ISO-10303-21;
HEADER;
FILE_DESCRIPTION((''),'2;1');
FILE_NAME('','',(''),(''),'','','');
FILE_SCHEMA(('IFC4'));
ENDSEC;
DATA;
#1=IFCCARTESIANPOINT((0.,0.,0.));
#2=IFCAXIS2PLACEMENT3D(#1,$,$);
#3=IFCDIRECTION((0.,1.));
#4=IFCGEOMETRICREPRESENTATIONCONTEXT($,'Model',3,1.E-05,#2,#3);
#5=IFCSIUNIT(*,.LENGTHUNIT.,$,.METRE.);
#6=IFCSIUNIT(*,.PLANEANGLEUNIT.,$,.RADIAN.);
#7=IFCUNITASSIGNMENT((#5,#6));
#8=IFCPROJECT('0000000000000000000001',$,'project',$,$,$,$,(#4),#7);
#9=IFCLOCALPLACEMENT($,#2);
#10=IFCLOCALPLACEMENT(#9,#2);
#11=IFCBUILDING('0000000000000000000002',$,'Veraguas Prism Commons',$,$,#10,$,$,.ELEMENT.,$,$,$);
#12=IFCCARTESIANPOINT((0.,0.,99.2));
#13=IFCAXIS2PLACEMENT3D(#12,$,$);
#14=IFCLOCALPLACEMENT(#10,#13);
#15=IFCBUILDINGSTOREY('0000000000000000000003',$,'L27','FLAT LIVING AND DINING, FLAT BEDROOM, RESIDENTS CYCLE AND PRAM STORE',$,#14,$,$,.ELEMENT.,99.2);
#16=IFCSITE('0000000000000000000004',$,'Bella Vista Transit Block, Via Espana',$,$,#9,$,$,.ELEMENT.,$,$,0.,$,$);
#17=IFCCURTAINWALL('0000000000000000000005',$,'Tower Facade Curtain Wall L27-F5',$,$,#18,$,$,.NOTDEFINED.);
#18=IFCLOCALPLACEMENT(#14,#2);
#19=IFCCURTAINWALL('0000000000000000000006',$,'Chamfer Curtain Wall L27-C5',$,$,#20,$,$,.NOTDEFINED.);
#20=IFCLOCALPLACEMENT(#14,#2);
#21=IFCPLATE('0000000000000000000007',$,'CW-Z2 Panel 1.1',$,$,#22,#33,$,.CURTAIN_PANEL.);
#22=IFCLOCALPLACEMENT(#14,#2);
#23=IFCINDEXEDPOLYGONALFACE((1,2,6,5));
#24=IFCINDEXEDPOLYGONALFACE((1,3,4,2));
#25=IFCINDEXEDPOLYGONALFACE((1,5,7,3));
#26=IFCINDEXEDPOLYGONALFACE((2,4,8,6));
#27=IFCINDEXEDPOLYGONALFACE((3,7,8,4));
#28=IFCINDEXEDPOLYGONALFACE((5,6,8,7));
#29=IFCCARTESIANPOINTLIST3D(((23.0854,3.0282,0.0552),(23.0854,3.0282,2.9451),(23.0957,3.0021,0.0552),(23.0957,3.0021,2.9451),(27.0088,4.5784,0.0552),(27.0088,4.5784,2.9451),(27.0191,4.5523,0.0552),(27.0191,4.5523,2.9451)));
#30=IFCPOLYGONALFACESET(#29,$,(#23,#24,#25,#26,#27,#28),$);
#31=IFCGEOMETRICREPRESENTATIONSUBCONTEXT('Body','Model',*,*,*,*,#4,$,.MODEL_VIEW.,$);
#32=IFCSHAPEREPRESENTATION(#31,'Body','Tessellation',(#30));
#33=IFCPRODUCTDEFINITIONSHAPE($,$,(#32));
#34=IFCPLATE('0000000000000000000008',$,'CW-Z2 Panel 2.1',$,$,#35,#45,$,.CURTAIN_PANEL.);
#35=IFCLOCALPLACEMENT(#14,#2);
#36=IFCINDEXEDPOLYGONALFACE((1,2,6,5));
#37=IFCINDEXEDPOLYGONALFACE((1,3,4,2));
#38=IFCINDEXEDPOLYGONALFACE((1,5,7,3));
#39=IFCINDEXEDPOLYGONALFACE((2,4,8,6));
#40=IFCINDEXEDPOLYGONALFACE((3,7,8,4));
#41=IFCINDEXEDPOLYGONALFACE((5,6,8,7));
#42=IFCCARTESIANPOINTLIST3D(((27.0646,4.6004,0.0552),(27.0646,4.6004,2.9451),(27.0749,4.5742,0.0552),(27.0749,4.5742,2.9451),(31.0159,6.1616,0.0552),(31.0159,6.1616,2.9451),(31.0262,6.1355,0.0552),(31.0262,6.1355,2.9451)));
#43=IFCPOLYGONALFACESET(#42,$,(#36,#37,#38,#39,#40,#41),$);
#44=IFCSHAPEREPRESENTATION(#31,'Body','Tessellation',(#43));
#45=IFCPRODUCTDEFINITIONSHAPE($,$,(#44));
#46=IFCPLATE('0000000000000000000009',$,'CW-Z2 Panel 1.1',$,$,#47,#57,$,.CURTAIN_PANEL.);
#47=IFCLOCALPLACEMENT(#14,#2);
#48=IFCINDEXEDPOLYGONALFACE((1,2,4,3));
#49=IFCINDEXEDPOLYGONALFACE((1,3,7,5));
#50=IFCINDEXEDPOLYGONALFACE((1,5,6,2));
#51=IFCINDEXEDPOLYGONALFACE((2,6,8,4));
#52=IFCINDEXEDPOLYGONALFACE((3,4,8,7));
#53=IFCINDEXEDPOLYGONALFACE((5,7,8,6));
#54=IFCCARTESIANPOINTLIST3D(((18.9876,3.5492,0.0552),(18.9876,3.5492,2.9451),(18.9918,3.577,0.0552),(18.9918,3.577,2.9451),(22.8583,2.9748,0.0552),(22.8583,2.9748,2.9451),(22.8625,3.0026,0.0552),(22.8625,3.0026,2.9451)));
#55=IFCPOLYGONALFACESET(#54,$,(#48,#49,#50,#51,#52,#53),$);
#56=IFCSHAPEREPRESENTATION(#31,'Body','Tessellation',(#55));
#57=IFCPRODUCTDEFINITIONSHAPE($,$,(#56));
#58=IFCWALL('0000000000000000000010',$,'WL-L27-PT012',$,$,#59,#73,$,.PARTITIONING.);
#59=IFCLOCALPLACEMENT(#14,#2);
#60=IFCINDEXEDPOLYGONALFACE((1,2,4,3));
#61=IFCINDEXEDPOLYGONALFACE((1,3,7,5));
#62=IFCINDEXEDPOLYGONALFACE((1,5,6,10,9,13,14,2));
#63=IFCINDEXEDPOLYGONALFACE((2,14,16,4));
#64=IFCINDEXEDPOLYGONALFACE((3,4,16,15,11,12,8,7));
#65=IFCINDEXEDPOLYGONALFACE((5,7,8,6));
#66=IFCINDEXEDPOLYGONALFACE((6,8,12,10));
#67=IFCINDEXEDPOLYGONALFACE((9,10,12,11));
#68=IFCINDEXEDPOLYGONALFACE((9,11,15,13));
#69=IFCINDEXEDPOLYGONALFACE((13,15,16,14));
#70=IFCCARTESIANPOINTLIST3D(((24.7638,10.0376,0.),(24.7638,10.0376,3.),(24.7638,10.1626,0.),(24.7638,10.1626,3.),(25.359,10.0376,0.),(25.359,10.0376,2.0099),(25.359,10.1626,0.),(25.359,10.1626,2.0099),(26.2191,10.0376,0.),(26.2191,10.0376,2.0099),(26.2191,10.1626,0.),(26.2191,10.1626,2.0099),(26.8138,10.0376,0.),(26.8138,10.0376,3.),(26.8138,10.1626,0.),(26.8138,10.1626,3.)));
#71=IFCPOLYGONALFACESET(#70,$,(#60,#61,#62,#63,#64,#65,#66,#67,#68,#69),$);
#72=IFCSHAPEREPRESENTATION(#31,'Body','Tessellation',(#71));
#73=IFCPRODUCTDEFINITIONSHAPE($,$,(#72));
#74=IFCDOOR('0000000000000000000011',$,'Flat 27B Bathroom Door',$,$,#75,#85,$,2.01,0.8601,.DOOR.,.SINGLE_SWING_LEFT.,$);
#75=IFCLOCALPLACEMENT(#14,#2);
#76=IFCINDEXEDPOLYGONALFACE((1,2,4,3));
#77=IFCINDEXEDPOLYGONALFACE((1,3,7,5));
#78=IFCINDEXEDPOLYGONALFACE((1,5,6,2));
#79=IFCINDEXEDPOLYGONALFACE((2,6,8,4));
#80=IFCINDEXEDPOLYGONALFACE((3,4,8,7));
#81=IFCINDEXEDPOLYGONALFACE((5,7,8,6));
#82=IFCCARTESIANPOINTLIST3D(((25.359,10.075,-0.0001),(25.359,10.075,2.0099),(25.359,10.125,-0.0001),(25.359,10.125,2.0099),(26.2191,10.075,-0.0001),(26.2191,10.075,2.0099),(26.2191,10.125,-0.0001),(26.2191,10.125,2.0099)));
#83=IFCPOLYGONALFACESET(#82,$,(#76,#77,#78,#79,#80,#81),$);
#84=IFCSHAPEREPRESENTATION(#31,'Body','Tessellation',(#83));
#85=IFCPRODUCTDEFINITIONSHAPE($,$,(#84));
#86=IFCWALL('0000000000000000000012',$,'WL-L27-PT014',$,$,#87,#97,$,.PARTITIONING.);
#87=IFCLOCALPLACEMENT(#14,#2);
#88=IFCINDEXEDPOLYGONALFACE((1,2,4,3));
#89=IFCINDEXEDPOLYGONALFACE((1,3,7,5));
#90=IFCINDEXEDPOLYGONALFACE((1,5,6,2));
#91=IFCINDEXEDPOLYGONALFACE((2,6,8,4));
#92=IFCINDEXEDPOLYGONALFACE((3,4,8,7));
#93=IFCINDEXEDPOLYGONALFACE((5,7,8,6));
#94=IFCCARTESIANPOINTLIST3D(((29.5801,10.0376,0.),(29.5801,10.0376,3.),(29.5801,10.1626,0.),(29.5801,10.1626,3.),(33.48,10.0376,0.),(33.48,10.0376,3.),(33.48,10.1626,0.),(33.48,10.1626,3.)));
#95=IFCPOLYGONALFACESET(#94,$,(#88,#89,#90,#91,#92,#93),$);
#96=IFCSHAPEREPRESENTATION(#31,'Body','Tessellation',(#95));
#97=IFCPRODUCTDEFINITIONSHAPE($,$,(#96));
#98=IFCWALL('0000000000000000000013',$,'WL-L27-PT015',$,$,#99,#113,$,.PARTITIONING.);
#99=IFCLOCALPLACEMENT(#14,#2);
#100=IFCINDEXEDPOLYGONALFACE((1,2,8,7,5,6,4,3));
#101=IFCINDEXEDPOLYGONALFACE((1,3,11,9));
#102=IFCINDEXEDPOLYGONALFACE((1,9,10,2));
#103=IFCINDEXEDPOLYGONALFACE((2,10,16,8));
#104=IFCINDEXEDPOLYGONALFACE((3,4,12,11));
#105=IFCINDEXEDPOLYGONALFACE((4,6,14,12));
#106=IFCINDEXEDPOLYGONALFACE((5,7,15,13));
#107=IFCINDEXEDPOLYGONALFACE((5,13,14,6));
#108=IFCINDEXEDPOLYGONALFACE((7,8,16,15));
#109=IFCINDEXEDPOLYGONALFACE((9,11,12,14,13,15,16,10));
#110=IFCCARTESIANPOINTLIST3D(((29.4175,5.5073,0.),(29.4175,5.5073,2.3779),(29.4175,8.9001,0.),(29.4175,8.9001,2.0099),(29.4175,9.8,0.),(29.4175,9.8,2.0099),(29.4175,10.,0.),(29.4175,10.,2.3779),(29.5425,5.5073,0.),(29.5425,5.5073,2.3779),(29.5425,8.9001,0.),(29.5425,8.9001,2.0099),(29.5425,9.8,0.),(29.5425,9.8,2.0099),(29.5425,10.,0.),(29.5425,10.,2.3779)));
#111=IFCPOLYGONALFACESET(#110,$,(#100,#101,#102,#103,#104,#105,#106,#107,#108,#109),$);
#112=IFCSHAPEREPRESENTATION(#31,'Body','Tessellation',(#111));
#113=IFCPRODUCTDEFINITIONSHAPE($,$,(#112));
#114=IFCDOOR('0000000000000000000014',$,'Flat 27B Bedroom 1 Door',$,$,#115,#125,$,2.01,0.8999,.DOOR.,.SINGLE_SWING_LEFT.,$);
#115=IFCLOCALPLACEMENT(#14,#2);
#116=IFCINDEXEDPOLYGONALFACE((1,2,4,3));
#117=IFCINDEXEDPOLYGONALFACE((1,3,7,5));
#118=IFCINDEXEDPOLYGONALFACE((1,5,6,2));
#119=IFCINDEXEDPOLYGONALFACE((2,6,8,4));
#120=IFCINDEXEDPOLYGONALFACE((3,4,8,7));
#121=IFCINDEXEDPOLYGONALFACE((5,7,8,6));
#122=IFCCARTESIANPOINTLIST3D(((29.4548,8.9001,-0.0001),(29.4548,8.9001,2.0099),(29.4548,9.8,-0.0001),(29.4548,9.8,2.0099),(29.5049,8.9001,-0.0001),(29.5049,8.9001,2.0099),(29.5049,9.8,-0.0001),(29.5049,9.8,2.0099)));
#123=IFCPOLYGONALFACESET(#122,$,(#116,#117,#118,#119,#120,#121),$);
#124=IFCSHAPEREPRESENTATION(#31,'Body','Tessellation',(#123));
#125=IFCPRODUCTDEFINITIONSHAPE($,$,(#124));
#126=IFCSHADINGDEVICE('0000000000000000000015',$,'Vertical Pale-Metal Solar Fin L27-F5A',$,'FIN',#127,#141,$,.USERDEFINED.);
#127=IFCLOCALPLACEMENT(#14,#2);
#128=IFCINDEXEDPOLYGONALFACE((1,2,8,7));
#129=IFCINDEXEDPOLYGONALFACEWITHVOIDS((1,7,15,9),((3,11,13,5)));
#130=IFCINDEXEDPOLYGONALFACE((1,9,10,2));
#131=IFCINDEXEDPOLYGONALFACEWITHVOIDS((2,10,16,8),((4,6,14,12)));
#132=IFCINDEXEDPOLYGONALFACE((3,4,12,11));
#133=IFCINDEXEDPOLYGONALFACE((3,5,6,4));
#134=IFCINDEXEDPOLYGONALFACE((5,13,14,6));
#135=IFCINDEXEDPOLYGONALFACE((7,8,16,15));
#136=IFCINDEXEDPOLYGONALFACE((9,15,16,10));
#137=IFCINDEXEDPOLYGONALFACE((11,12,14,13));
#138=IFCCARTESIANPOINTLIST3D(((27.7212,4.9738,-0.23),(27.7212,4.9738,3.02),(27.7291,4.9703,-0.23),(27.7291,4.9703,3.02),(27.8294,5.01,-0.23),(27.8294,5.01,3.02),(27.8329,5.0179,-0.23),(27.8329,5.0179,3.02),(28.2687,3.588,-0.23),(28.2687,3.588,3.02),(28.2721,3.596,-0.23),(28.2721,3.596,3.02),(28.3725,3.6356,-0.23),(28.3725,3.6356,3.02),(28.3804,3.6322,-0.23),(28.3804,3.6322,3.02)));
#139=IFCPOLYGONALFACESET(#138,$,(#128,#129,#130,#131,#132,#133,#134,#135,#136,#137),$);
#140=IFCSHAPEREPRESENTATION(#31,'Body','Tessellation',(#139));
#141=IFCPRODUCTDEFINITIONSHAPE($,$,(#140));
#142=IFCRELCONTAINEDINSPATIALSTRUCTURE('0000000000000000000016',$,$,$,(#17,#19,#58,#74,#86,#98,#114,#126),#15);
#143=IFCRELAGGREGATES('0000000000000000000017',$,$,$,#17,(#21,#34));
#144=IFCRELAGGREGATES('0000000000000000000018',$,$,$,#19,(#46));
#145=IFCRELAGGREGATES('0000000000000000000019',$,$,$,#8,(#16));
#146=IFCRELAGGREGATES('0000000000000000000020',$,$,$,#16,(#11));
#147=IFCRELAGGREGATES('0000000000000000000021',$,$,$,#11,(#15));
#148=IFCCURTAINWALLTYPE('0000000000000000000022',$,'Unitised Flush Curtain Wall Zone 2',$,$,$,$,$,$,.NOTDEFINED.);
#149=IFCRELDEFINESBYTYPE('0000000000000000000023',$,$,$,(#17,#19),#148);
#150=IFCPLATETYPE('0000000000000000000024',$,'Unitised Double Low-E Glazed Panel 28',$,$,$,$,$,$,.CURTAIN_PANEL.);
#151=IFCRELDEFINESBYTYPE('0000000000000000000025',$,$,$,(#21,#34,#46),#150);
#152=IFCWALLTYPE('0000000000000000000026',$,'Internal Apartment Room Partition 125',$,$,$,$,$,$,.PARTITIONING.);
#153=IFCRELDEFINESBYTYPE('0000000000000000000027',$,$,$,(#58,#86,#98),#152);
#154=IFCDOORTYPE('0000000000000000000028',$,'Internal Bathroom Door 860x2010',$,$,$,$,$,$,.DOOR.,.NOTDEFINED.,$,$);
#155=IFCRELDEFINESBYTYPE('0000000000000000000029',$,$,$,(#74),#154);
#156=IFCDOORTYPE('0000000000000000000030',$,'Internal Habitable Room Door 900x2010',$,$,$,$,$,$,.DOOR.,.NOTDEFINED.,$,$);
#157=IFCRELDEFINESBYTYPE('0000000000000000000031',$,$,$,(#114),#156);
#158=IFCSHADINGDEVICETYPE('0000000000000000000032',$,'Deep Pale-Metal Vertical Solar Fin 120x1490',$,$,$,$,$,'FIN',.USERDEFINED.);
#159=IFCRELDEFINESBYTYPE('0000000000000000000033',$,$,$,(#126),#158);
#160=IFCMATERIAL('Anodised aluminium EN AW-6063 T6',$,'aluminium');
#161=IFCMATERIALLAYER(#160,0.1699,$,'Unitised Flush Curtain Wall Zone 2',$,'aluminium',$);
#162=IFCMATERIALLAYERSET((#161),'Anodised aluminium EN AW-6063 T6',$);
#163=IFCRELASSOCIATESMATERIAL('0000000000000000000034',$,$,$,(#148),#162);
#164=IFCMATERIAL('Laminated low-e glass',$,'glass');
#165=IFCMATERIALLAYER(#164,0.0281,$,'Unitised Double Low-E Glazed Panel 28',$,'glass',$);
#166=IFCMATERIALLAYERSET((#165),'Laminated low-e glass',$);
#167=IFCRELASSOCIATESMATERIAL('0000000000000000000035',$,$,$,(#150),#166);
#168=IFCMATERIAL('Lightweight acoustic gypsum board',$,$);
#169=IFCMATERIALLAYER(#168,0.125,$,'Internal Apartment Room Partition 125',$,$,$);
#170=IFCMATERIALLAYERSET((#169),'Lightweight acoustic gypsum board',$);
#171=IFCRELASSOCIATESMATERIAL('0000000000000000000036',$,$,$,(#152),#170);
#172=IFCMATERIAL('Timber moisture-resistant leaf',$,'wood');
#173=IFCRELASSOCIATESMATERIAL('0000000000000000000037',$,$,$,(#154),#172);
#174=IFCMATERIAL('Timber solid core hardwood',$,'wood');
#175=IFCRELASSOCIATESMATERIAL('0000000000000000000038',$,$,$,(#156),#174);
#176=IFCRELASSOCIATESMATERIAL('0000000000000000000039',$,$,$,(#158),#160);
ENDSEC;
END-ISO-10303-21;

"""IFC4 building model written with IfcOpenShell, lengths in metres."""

from ifc_helpers import new_model, si_unit, direction, frame, frame_2d, origin, origin_2d, place, context, subcontext, project, spatial, rectangle, hollow_rectangle, extrude, source, transform, mapped, material, layer, layer_set, material_profile, profile_set, type_object, element, fill, aggregate, save


model = new_model("IFC4")

# Units and contexts
model_context = context("Model", 3, precision=1e-05, world=origin(), true_north=direction((0.0, 1.0)))
body_context = subcontext(model_context, "Body", "Model", "MODEL_VIEW")
ifc_project = project(units=[si_unit("LENGTHUNIT", "METRE"), si_unit("PLANEANGLEUNIT", "RADIAN")], contexts=[model_context])

# Site, building, storey
site_placement = place(None, origin())
site = spatial("IfcSite", under=ifc_project, at=site_placement, Name="Bella Vista Transit Block, Via Espana", CompositionType="ELEMENT", RefElevation=0.0)
building_placement = place(site_placement, origin())
building = spatial("IfcBuilding", under=site, at=building_placement, Name="Veraguas Prism Commons", CompositionType="ELEMENT")
storey_placement = place(building_placement, frame((0.0, 0.0, 99.2)))
storey = spatial("IfcBuildingStorey", under=building, at=storey_placement, Name="L27", Description="FLAT LIVING AND DINING, FLAT BEDROOM, RESIDENTS CYCLE AND PRAM STORE", CompositionType="ELEMENT", Elevation=99.2)

# Curtain wall
ifc_material_1 = material(Name="Anodised aluminium EN AW-6063 T6", Category="aluminium")
ifc_layer_1 = layer(ifc_material_1, 0.1699, Name="Unitised Flush Curtain Wall Zone 2", Category="aluminium")
ifc_layer_set_1 = layer_set([ifc_layer_1], Name="Anodised aluminium EN AW-6063 T6")
curtain_wall_type = type_object("IfcCurtainWallType", Name="Unitised Flush Curtain Wall Zone 2", PredefinedType="NOTDEFINED", material=ifc_layer_set_1)
curtain_wall_1_placement = place(storey_placement, origin())
curtain_wall_1 = element("IfcCurtainWall", 1, at=curtain_wall_1_placement, inside=storey, type_object=curtain_wall_type, Name="Tower Facade Curtain Wall L27-F5", PredefinedType="NOTDEFINED")

# Curtain wall
curtain_wall_2_placement = place(storey_placement, origin())
curtain_wall_2 = element("IfcCurtainWall", 2, at=curtain_wall_2_placement, inside=storey, type_object=curtain_wall_type, Name="Chamfer Curtain Wall L27-C5", PredefinedType="NOTDEFINED")

# Plates
ifc_material_2 = material(Name="Laminated low-e glass", Category="glass")
ifc_layer_2 = layer(ifc_material_2, 0.0281, Name="Unitised Double Low-E Glazed Panel 28", Category="glass")
ifc_layer_set_2 = layer_set([ifc_layer_2], Name="Laminated low-e glass")
plate_type = type_object("IfcPlateType", Name="Unitised Double Low-E Glazed Panel 28", PredefinedType="CURTAIN_PANEL", material=ifc_layer_set_2)
shared_shape_1 = source(origin(), body_context, "Body", "SweptSolid", [
    extrude(rectangle(XDim=4.2185, YDim=0.0281, at=origin_2d()), origin(), (0.0, 0.0, 1.0), 2.8899),
])
plate_1_placement = place(storey_placement, frame((25.0522, 3.7903, 0.0552), z_axis=(0.0, 0.0, 1.0), x_axis=(0.930032, 0.367479, 0.0)))
plate_1 = element("IfcPlate", 3, at=plate_1_placement, type_object=plate_type, Name="CW-Z2 Panel 1.1", PredefinedType="CURTAIN_PANEL", context=body_context, shape_type="MappedRepresentation", body=[
    mapped(shared_shape_1, transform((0.0, 0.0, 0.0), scale=1.0)),
])
shared_shape_2 = source(origin(), body_context, "Body", "SweptSolid", [
    extrude(rectangle(XDim=4.2485, YDim=0.0281, at=origin_2d()), origin(), (0.0, 0.0, 1.0), 2.8899),
])
plate_2_placement = place(storey_placement, frame((29.0454, 5.3679, 0.0552), z_axis=(0.0, 0.0, 1.0), x_axis=(0.930032, 0.367479, 0.0)))
plate_2 = element("IfcPlate", 4, at=plate_2_placement, type_object=plate_type, Name="CW-Z2 Panel 2.1", PredefinedType="CURTAIN_PANEL", context=body_context, shape_type="MappedRepresentation", body=[
    mapped(shared_shape_2, transform((0.0, 0.0, 0.0), scale=1.0)),
])
aggregate(curtain_wall_1, [plate_1, plate_2])
shared_shape_3 = source(origin(), body_context, "Body", "SweptSolid", [
    extrude(rectangle(XDim=3.9131, YDim=0.0281, at=origin_2d()), origin(), (0.0, 0.0, 1.0), 2.8899),
])
plate_3_placement = place(storey_placement, frame((20.925, 3.2759, 0.0552), z_axis=(0.0, 0.0, 1.0), x_axis=(0.989168, -0.146789, 0.0)))
plate_3 = element("IfcPlate", 5, at=plate_3_placement, type_object=plate_type, Name="CW-Z2 Panel 1.1", PredefinedType="CURTAIN_PANEL", context=body_context, shape_type="MappedRepresentation", body=[
    mapped(shared_shape_3, transform((0.0, 0.0, 0.0), scale=1.0)),
])
aggregate(curtain_wall_2, [plate_3])

# Wall, opening, door
ifc_material_3 = material(Name="Lightweight acoustic gypsum board")
ifc_layer_3 = layer(ifc_material_3, 0.125, Name="Internal Apartment Room Partition 125")
ifc_layer_set_3 = layer_set([ifc_layer_3], Name="Lightweight acoustic gypsum board")
wall_type = type_object("IfcWallType", Name="Internal Apartment Room Partition 125", PredefinedType="PARTITIONING", material=ifc_layer_set_3)
wall_1_placement = place(storey_placement, frame((24.7639, 10.1001, 0.0), z_axis=(0.0, 0.0, 1.0), x_axis=(1.0, 0.0, 0.0)))
wall_1 = element("IfcWall", 6, at=wall_1_placement, inside=storey, type_object=wall_type, Name="WL-L27-PT012", PredefinedType="PARTITIONING", context=body_context, shape_type="SweptSolid", body=[
    extrude(rectangle(XDim=2.05, YDim=0.125, at=frame_2d((1.0249, 0.0))), origin(), (0.0, 0.0, 1.0), 3.0),
])
opening_1_placement = place(wall_1_placement, frame((0.595, 0.0, 0.0)))
opening_1 = element("IfcOpeningElement", 7, at=opening_1_placement, cuts=wall_1, PredefinedType="OPENING", context=body_context, shape_type="SweptSolid", body=[
    extrude(rectangle(XDim=0.8601, YDim=2.01, at=frame_2d((0.4302, 1.0049))), frame((0.0, 0.0725, 0.0), z_axis=(0.0, -1.0, 0.0), x_axis=(1.0, 0.0, 0.0)), (0.0, 0.0, 1.0), 0.145),
])
ifc_material_4 = material(Name="Timber moisture-resistant leaf", Category="wood")
door_type_1 = type_object("IfcDoorType", Name="Internal Bathroom Door 860x2010", OperationType="NOTDEFINED", PredefinedType="DOOR", material=ifc_material_4)
shared_shape_4 = source(origin(), body_context, "Body", "SweptSolid", [
    extrude(rectangle(XDim=0.8601, YDim=2.01, at=frame_2d((0.4302, 1.0049))), frame((0.0, 0.0249, 0.0), z_axis=(0.0, -1.0, 0.0), x_axis=(1.0, 0.0, 0.0)), (0.0, 0.0, 1.0), 0.05),
])
door_1_placement = place(opening_1_placement, origin())
door_1 = element("IfcDoor", 8, at=door_1_placement, inside=storey, type_object=door_type_1, Name="Flat 27B Bathroom Door", OperationType="SINGLE_SWING_LEFT", OverallHeight=2.01, OverallWidth=0.8601, PredefinedType="DOOR", context=body_context, shape_type="MappedRepresentation", body=[
    mapped(shared_shape_4, transform((0.0, 0.0, 0.0), scale=1.0)),
])
fill(opening_1, door_1)

# Wall
wall_2_placement = place(storey_placement, frame((29.5801, 10.1001, 0.0), z_axis=(0.0, 0.0, 1.0), x_axis=(1.0, 0.0, 0.0)))
element("IfcWall", 9, at=wall_2_placement, inside=storey, type_object=wall_type, Name="WL-L27-PT014", PredefinedType="PARTITIONING", context=body_context, shape_type="SweptSolid", body=[
    extrude(rectangle(XDim=3.8999, YDim=0.125, at=frame_2d((1.95, 0.0))), origin(), (0.0, 0.0, 1.0), 3.0),
])

# Wall, opening, door
wall_3_placement = place(storey_placement, frame((29.48, 10.0, 0.0), z_axis=(0.0, 0.0, 1.0), x_axis=(0.0, -1.0, 0.0)))
wall_3 = element("IfcWall", 10, at=wall_3_placement, inside=storey, type_object=wall_type, Name="WL-L27-PT015", PredefinedType="PARTITIONING", context=body_context, shape_type="SweptSolid", body=[
    extrude(rectangle(XDim=4.4927, YDim=0.125, at=frame_2d((2.2463, 0.0))), origin(), (0.0, 0.0, 1.0), 2.3779),
])
opening_2_placement = place(wall_3_placement, frame((0.2, 0.0, 0.0)))
opening_2 = element("IfcOpeningElement", 11, at=opening_2_placement, cuts=wall_3, PredefinedType="OPENING", context=body_context, shape_type="SweptSolid", body=[
    extrude(rectangle(XDim=0.8999, YDim=2.01, at=frame_2d((0.45, 1.0049))), frame((0.0, 0.0725, 0.0), z_axis=(0.0, -1.0, 0.0), x_axis=(1.0, 0.0, 0.0)), (0.0, 0.0, 1.0), 0.145),
])
ifc_material_5 = material(Name="Timber solid core hardwood", Category="wood")
door_type_2 = type_object("IfcDoorType", Name="Internal Habitable Room Door 900x2010", OperationType="NOTDEFINED", PredefinedType="DOOR", material=ifc_material_5)
shared_shape_5 = source(origin(), body_context, "Body", "SweptSolid", [
    extrude(rectangle(XDim=0.8999, YDim=2.01, at=frame_2d((0.45, 1.0049))), frame((0.0, 0.0249, 0.0), z_axis=(0.0, -1.0, 0.0), x_axis=(1.0, 0.0, 0.0)), (0.0, 0.0, 1.0), 0.05),
])
door_2_placement = place(opening_2_placement, origin())
door_2 = element("IfcDoor", 12, at=door_2_placement, inside=storey, type_object=door_type_2, Name="Flat 27B Bedroom 1 Door", OperationType="SINGLE_SWING_LEFT", OverallHeight=2.01, OverallWidth=0.8999, PredefinedType="DOOR", context=body_context, shape_type="MappedRepresentation", body=[
    mapped(shared_shape_5, transform((0.0, 0.0, 0.0), scale=1.0)),
])
fill(opening_2, door_2)

# Shading device
ifc_material_profile_1 = material_profile(ifc_material_1, hollow_rectangle(XDim=0.1201, YDim=1.49, WallThickness=0.0061, at=origin_2d()), Name="FIN120X1490X6")
ifc_profile_set_1 = profile_set([ifc_material_profile_1], Name="Anodised aluminium EN AW-6063 T6")
shading_device_type = type_object("IfcShadingDeviceType", Name="Deep Pale-Metal Vertical Solar Fin 120x1490", ElementType="FIN", PredefinedType="USERDEFINED", material=ifc_profile_set_1)
shading_device_placement = place(storey_placement, frame((28.0508, 4.303, -0.23), z_axis=(0.0, 0.0, 1.0), x_axis=(0.930034, 0.367474, 0.0)))
element("IfcShadingDevice", 13, at=shading_device_placement, inside=storey, type_object=shading_device_type, Name="Vertical Pale-Metal Solar Fin L27-F5A", ObjectType="FIN", PredefinedType="USERDEFINED", context=body_context, shape_type="SweptSolid", body=[
    extrude(hollow_rectangle(XDim=0.1201, YDim=1.49, WallThickness=0.0061, at=origin_2d()), origin(), (0.0, 0.0, 1.0), 3.25),
])

save(model, "model.ifc")
